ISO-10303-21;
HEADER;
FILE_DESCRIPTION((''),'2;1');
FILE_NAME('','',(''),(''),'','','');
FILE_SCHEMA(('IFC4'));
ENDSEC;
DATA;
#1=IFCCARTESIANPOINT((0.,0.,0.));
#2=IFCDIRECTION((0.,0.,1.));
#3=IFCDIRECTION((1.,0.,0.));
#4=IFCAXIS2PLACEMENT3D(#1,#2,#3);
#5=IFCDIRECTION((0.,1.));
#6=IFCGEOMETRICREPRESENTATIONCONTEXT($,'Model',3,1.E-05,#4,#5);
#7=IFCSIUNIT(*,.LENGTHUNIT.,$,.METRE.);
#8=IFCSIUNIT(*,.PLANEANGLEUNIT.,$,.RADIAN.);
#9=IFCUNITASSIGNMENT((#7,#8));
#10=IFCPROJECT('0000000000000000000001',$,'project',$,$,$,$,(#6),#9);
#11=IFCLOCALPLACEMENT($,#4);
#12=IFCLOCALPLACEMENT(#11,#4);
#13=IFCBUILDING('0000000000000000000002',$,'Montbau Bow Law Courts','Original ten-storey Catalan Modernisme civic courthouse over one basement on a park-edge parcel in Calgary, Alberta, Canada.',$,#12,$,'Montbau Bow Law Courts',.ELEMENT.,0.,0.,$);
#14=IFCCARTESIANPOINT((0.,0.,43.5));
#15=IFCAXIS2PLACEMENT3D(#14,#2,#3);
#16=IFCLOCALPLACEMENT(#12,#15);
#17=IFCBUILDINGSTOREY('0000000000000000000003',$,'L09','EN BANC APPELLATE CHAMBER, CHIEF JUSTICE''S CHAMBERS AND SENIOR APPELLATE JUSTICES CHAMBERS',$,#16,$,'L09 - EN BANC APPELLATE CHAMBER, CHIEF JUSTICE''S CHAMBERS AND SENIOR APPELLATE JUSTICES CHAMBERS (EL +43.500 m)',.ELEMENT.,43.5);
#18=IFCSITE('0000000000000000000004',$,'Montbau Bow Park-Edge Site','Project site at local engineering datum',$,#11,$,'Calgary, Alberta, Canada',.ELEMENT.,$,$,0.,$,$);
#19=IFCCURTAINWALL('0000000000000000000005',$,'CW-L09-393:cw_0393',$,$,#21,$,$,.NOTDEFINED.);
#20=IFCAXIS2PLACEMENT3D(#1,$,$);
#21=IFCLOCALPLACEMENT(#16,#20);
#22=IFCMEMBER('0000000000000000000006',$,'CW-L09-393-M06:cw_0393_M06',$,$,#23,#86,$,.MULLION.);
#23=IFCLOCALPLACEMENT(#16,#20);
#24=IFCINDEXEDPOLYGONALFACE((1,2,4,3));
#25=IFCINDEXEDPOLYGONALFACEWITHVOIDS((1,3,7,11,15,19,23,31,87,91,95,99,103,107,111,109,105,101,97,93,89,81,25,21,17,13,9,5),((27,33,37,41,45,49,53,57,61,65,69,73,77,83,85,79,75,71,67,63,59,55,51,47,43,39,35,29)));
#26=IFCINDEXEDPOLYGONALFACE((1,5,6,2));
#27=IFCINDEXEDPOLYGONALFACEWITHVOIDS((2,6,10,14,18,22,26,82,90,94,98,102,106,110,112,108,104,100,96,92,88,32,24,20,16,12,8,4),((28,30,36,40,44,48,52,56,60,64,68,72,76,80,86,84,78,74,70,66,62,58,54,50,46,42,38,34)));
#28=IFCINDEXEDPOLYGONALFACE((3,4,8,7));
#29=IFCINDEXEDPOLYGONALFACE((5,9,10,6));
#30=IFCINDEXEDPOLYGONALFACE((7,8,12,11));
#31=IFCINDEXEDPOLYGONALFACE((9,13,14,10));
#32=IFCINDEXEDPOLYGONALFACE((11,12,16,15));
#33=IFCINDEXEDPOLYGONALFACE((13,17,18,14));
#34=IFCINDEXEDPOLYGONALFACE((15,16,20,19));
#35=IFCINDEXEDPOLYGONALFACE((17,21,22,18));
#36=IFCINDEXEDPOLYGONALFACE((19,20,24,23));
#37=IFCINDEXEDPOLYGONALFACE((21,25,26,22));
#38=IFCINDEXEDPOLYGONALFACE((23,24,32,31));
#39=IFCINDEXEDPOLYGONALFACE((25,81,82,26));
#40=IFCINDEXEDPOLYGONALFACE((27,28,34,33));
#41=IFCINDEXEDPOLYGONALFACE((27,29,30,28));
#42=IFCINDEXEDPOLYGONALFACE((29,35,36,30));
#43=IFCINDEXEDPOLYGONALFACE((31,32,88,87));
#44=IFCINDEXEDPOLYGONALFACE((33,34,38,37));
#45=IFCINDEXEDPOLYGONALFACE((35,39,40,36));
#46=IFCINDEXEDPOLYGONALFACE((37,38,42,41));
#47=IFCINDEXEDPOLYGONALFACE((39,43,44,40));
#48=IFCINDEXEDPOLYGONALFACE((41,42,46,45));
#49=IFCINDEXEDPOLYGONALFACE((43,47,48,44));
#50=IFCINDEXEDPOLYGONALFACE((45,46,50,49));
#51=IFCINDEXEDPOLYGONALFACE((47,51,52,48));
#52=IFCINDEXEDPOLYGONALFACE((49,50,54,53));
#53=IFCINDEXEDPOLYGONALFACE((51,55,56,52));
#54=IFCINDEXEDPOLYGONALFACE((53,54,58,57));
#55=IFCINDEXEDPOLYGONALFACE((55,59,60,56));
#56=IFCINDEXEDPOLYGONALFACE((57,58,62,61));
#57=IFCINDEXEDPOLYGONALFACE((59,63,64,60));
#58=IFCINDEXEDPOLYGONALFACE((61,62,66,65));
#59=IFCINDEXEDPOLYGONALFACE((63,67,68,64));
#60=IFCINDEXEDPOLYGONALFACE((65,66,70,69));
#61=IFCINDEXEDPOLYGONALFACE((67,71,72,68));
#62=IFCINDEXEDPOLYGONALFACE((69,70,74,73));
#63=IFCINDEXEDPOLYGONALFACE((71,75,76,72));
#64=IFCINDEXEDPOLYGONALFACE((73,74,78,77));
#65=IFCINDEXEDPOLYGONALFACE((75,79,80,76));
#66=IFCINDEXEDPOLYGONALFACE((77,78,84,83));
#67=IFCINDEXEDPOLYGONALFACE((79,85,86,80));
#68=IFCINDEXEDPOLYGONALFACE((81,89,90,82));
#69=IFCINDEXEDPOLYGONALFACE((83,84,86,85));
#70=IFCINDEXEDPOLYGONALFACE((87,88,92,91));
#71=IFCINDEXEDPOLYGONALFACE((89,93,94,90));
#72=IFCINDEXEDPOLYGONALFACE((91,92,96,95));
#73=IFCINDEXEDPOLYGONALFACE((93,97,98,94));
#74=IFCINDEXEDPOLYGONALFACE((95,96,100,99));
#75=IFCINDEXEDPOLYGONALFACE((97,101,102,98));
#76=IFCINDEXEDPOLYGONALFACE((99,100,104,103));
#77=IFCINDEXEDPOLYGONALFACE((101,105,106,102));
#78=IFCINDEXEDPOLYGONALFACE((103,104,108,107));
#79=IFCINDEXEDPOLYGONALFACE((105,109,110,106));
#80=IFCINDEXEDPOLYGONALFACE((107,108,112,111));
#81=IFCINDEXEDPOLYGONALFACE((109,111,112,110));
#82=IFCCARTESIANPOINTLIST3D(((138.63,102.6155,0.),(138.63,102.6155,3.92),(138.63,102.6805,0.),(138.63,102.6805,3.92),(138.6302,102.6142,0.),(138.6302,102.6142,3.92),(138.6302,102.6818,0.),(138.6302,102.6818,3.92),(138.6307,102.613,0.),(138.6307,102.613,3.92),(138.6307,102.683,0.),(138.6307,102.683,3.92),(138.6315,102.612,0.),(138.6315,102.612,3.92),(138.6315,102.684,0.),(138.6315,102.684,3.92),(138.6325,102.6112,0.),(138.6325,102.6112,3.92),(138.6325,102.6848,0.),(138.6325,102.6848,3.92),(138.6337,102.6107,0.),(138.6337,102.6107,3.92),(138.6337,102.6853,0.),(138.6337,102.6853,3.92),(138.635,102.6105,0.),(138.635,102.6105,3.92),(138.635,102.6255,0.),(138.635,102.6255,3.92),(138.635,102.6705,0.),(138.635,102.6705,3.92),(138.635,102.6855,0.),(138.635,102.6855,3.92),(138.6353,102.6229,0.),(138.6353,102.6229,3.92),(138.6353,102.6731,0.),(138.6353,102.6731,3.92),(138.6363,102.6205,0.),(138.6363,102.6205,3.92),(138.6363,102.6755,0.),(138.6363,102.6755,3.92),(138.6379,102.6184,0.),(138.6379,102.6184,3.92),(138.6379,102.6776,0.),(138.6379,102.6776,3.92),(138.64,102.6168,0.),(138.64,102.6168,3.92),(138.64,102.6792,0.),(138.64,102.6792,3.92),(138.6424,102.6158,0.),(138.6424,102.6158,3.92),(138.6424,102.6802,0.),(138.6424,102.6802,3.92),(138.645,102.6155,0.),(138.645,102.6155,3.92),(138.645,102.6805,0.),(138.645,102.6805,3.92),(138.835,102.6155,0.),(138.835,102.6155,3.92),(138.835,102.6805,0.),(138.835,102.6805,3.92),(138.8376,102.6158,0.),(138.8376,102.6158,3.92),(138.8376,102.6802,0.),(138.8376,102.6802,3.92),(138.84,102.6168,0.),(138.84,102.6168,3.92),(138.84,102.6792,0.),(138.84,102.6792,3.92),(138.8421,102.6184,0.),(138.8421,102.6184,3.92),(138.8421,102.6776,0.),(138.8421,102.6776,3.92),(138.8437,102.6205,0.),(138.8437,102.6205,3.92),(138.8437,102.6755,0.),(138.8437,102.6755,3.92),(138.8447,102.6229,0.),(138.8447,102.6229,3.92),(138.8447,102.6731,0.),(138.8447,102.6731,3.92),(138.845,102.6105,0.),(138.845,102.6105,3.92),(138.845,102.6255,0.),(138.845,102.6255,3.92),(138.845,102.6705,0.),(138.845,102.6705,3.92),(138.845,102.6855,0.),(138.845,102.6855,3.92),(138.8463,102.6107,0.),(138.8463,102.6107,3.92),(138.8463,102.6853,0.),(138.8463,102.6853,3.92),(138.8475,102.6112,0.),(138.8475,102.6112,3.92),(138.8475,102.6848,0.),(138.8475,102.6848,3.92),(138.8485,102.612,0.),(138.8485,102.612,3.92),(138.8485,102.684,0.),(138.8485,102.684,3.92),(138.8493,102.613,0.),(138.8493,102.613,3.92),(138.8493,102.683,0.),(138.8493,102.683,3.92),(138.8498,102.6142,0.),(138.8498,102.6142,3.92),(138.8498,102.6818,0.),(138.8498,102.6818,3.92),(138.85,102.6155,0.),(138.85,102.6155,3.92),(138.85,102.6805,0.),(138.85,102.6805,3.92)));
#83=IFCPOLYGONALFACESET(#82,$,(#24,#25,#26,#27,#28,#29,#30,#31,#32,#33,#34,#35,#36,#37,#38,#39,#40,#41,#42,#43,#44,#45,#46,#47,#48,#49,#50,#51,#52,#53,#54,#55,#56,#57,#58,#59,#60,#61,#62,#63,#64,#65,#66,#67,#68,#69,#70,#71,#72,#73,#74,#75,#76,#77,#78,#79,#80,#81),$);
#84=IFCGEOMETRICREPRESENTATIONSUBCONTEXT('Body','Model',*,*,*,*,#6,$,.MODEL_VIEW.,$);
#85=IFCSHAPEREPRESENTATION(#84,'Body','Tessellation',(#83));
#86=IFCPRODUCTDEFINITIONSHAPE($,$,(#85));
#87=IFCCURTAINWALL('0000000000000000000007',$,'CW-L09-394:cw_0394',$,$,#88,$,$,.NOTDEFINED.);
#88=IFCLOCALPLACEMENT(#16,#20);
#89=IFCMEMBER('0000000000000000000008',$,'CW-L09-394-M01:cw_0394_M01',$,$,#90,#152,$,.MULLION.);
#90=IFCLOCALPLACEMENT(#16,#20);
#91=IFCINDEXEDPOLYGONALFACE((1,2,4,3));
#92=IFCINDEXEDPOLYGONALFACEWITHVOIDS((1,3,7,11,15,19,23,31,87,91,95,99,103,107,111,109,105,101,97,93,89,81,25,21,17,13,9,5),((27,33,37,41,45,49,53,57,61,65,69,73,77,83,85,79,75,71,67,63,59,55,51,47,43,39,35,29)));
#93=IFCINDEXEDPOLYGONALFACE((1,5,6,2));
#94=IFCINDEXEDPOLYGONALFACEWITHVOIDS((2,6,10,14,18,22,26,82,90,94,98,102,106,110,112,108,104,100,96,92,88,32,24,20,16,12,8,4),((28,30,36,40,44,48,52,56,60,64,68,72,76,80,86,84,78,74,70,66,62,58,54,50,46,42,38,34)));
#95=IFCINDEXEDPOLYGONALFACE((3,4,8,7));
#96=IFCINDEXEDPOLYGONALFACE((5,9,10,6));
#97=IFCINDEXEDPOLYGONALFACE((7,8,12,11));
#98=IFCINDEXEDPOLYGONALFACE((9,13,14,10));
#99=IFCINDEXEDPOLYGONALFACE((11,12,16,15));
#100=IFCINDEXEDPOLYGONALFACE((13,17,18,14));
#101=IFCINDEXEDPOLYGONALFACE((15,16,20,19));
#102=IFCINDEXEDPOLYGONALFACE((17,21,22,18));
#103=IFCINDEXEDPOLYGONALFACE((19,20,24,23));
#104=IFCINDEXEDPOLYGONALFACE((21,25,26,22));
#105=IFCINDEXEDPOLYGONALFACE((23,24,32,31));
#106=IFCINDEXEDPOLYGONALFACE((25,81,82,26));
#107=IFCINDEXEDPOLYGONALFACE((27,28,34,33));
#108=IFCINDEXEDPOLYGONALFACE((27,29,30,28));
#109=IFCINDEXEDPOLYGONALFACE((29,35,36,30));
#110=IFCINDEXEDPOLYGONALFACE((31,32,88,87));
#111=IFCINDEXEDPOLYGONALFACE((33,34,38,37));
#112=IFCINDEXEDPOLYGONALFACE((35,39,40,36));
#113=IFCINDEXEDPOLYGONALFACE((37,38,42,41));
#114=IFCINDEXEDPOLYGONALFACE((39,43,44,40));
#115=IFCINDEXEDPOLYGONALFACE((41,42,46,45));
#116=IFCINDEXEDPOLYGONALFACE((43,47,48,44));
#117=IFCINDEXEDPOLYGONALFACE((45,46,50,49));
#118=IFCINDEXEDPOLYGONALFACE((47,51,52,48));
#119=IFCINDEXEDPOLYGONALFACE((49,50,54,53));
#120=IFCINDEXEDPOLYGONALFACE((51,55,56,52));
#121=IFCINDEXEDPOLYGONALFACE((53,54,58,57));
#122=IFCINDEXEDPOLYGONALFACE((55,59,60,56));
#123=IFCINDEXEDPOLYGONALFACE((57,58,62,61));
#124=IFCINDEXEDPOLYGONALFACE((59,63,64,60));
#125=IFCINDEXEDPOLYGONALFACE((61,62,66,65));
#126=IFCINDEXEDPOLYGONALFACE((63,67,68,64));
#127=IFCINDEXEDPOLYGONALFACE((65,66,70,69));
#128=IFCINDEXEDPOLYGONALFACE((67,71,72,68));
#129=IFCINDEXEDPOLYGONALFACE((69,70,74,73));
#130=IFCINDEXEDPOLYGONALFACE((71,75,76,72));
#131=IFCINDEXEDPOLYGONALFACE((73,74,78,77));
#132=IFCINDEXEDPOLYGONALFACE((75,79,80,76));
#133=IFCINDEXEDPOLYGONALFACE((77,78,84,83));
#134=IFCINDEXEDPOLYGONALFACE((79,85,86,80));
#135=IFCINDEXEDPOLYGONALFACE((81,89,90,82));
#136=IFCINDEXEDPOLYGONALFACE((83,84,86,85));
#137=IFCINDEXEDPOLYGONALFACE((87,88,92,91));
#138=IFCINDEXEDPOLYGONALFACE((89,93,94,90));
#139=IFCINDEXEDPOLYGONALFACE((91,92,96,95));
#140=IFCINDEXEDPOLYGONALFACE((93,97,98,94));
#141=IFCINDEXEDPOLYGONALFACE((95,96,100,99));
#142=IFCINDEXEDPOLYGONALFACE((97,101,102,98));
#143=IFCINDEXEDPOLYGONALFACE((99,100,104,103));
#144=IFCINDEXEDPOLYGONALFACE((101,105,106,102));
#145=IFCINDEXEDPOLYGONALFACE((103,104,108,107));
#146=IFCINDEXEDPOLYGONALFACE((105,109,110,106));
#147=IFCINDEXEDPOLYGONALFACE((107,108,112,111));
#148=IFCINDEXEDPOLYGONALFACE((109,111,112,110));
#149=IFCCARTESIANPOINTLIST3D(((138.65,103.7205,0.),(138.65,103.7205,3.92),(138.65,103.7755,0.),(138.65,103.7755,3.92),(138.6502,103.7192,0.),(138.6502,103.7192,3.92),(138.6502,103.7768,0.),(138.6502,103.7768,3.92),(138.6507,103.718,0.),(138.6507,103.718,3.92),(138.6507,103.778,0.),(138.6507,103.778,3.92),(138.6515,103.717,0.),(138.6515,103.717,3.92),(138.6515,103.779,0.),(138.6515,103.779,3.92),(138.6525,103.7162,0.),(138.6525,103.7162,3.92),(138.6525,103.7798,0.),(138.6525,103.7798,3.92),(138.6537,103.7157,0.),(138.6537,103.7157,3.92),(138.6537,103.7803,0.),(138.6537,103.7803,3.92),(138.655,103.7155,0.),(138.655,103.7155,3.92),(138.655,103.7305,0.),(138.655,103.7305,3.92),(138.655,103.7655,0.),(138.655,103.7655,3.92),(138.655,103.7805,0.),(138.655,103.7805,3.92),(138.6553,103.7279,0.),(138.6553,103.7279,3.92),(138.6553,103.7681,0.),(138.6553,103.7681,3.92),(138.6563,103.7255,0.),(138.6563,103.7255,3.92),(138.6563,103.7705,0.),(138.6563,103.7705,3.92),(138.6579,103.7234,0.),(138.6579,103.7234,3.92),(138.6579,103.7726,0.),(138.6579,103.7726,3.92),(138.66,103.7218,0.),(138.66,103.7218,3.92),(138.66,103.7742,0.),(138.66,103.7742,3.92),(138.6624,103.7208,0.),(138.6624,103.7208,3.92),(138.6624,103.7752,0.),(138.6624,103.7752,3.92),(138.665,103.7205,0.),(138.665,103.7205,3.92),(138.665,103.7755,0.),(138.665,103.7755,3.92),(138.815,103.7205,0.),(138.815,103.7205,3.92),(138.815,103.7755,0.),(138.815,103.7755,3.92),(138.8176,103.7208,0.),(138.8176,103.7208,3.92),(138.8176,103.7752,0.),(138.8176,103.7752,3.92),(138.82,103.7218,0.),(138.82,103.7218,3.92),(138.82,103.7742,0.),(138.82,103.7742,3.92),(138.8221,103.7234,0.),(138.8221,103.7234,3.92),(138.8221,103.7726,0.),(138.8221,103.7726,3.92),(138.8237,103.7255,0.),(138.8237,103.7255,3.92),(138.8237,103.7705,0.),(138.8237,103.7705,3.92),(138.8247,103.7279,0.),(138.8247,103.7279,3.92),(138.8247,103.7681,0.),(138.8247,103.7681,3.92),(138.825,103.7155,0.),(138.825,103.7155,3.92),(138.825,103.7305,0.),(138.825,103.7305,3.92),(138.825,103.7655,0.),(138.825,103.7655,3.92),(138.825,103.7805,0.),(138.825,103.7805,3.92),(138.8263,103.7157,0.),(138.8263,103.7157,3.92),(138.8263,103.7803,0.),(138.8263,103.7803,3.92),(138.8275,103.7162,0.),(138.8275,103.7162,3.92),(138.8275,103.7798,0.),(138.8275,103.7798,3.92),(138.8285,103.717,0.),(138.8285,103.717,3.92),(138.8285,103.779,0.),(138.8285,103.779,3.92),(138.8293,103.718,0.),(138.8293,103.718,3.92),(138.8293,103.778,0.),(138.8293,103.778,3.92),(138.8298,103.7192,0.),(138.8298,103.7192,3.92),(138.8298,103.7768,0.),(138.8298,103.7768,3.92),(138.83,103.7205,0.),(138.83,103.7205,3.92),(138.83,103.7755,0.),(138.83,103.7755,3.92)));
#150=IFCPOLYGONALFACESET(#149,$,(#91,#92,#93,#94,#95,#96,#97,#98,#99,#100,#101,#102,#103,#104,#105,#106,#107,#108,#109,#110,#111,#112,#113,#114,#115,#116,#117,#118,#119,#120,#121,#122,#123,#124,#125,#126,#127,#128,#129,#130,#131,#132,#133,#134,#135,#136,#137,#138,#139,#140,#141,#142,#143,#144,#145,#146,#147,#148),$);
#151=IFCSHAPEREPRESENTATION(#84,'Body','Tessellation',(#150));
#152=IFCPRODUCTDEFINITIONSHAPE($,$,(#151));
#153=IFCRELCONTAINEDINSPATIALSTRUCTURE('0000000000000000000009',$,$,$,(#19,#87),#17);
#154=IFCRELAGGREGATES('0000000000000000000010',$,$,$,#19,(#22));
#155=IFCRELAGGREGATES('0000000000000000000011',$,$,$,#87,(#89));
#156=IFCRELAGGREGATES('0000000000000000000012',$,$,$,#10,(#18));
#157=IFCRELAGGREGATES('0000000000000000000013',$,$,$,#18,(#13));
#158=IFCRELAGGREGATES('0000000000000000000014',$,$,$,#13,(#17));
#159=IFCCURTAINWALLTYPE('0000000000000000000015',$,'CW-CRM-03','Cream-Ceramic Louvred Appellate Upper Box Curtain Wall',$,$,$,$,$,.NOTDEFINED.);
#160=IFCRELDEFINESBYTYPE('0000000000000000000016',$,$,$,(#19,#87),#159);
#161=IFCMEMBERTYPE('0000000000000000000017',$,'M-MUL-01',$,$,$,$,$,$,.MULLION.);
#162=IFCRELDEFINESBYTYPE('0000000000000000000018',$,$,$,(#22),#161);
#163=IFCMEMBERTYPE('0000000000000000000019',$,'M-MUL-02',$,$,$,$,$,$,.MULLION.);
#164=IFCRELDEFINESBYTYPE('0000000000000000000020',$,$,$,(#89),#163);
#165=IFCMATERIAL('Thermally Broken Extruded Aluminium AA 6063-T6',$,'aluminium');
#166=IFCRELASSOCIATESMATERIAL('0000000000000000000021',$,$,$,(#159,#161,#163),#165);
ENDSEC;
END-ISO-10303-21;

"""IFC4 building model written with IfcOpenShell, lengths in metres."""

from ifc_helpers import new_model, si_unit, direction, frame, origin_with_axes, origin_2d_with_axis, place, context, subcontext, project, spatial, hollow_rectangle, extrude, material, material_profile, profile_set, type_object, element, aggregate, save


model = new_model("IFC4")

# Units and contexts
model_context = context("Model", 3, precision=1e-05, world=origin_with_axes(), true_north=direction((0.0, 1.0)))
body_context = subcontext(model_context, "Body", "Model", "MODEL_VIEW")
ifc_project = project(units=[si_unit("LENGTHUNIT", "METRE"), si_unit("PLANEANGLEUNIT", "RADIAN")], contexts=[model_context])

# Site, building, storey
site_placement = place(None, origin_with_axes())
site = spatial("IfcSite", under=ifc_project, at=site_placement, Name="Montbau Bow Park-Edge Site", Description="Project site at local engineering datum", LongName="Calgary, Alberta, Canada", CompositionType="ELEMENT", RefElevation=0.0)
building_placement = place(site_placement, origin_with_axes())
building = spatial("IfcBuilding", under=site, at=building_placement, Name="Montbau Bow Law Courts", Description="Original ten-storey Catalan Modernisme civic courthouse over one basement on a park-edge parcel in Calgary, Alberta, Canada.", LongName="Montbau Bow Law Courts", CompositionType="ELEMENT", ElevationOfRefHeight=0.0, ElevationOfTerrain=0.0)
storey_placement = place(building_placement, frame((0.0, 0.0, 43.5), z_axis=(0.0, 0.0, 1.0), x_axis=(1.0, 0.0, 0.0)))
storey = spatial("IfcBuildingStorey", under=building, at=storey_placement, Name="L09", Description="EN BANC APPELLATE CHAMBER, CHIEF JUSTICE'S CHAMBERS AND SENIOR APPELLATE JUSTICES CHAMBERS", LongName="L09 - EN BANC APPELLATE CHAMBER, CHIEF JUSTICE'S CHAMBERS AND SENIOR APPELLATE JUSTICES CHAMBERS (EL +43.500 m)", CompositionType="ELEMENT", Elevation=43.5)

# Curtain wall, member
ifc_material_1 = material(Name="Thermally Broken Extruded Aluminium AA 6063-T6", Category="aluminium")
curtain_wall_type = type_object("IfcCurtainWallType", Name="CW-CRM-03", Description="Cream-Ceramic Louvred Appellate Upper Box Curtain Wall", PredefinedType="NOTDEFINED", material=ifc_material_1)
curtain_wall_1_placement = place(None, frame((138.74, 95.24, 43.5), z_axis=(0.0, 0.0, 1.0), x_axis=(1.0, 0.0, 0.0)))
curtain_wall_1 = element("IfcCurtainWall", 1, at=curtain_wall_1_placement, inside=storey, type_object=curtain_wall_type, Name="CW-L09-393:cw_0393", PredefinedType="NOTDEFINED")
ifc_material_profile_1 = material_profile(ifc_material_1, hollow_rectangle(XDim=0.075, YDim=0.22, WallThickness=0.005, InnerFilletRadius=0.01, OuterFilletRadius=0.005, at=origin_2d_with_axis()), Name="CWM-220X75", Category="Main", Priority=0)
ifc_profile_set_1 = profile_set([ifc_material_profile_1], Name="Thermally Broken Extruded Aluminium AA 6063-T6")
member_type_1 = type_object("IfcMemberType", Name="M-MUL-01", PredefinedType="MULLION", material=ifc_profile_set_1)
member_1_placement = place(None, frame((138.74, 102.648, 43.5), z_axis=(0.0, 0.0, 1.0), x_axis=(0.0, 1.0, 0.0)))
member_1 = element("IfcMember", 2, at=member_1_placement, type_object=member_type_1, Name="CW-L09-393-M06:cw_0393_M06", PredefinedType="MULLION", context=body_context, shape_type="SweptSolid", body=[
    extrude(hollow_rectangle(XDim=0.075, YDim=0.22, WallThickness=0.005, InnerFilletRadius=0.01, OuterFilletRadius=0.005, at=origin_2d_with_axis()), origin_with_axes(), (0.0, 0.0, 1.0), 3.92),
])

# Curtain wall, member
curtain_wall_2_placement = place(None, frame((138.74, 103.715, 43.5), z_axis=(0.0, 0.0, 1.0), x_axis=(1.0, 0.0, 0.0)))
curtain_wall_2 = element("IfcCurtainWall", 3, at=curtain_wall_2_placement, inside=storey, type_object=curtain_wall_type, Name="CW-L09-394:cw_0394", PredefinedType="NOTDEFINED")
ifc_material_profile_2 = material_profile(ifc_material_1, hollow_rectangle(XDim=0.065, YDim=0.18, WallThickness=0.005, InnerFilletRadius=0.01, OuterFilletRadius=0.005, at=origin_2d_with_axis()), Name="CWM-180X65", Category="Main", Priority=0)
ifc_profile_set_2 = profile_set([ifc_material_profile_2], Name="Thermally Broken Extruded Aluminium AA 6063-T6")
member_type_2 = type_object("IfcMemberType", Name="M-MUL-02", PredefinedType="MULLION", material=ifc_profile_set_2)
member_2_placement = place(None, frame((138.74, 103.748, 43.5), z_axis=(0.0, 0.0, 1.0), x_axis=(0.0, 1.0, 0.0)))
member_2 = element("IfcMember", 4, at=member_2_placement, type_object=member_type_2, Name="CW-L09-394-M01:cw_0394_M01", PredefinedType="MULLION", context=body_context, shape_type="SweptSolid", body=[
    extrude(hollow_rectangle(XDim=0.065, YDim=0.18, WallThickness=0.005, InnerFilletRadius=0.01, OuterFilletRadius=0.005, at=origin_2d_with_axis()), origin_with_axes(), (0.0, 0.0, 1.0), 3.92),
])

aggregate(curtain_wall_1, [member_1])

aggregate(curtain_wall_2, [member_2])

save(model, "model.ifc")
